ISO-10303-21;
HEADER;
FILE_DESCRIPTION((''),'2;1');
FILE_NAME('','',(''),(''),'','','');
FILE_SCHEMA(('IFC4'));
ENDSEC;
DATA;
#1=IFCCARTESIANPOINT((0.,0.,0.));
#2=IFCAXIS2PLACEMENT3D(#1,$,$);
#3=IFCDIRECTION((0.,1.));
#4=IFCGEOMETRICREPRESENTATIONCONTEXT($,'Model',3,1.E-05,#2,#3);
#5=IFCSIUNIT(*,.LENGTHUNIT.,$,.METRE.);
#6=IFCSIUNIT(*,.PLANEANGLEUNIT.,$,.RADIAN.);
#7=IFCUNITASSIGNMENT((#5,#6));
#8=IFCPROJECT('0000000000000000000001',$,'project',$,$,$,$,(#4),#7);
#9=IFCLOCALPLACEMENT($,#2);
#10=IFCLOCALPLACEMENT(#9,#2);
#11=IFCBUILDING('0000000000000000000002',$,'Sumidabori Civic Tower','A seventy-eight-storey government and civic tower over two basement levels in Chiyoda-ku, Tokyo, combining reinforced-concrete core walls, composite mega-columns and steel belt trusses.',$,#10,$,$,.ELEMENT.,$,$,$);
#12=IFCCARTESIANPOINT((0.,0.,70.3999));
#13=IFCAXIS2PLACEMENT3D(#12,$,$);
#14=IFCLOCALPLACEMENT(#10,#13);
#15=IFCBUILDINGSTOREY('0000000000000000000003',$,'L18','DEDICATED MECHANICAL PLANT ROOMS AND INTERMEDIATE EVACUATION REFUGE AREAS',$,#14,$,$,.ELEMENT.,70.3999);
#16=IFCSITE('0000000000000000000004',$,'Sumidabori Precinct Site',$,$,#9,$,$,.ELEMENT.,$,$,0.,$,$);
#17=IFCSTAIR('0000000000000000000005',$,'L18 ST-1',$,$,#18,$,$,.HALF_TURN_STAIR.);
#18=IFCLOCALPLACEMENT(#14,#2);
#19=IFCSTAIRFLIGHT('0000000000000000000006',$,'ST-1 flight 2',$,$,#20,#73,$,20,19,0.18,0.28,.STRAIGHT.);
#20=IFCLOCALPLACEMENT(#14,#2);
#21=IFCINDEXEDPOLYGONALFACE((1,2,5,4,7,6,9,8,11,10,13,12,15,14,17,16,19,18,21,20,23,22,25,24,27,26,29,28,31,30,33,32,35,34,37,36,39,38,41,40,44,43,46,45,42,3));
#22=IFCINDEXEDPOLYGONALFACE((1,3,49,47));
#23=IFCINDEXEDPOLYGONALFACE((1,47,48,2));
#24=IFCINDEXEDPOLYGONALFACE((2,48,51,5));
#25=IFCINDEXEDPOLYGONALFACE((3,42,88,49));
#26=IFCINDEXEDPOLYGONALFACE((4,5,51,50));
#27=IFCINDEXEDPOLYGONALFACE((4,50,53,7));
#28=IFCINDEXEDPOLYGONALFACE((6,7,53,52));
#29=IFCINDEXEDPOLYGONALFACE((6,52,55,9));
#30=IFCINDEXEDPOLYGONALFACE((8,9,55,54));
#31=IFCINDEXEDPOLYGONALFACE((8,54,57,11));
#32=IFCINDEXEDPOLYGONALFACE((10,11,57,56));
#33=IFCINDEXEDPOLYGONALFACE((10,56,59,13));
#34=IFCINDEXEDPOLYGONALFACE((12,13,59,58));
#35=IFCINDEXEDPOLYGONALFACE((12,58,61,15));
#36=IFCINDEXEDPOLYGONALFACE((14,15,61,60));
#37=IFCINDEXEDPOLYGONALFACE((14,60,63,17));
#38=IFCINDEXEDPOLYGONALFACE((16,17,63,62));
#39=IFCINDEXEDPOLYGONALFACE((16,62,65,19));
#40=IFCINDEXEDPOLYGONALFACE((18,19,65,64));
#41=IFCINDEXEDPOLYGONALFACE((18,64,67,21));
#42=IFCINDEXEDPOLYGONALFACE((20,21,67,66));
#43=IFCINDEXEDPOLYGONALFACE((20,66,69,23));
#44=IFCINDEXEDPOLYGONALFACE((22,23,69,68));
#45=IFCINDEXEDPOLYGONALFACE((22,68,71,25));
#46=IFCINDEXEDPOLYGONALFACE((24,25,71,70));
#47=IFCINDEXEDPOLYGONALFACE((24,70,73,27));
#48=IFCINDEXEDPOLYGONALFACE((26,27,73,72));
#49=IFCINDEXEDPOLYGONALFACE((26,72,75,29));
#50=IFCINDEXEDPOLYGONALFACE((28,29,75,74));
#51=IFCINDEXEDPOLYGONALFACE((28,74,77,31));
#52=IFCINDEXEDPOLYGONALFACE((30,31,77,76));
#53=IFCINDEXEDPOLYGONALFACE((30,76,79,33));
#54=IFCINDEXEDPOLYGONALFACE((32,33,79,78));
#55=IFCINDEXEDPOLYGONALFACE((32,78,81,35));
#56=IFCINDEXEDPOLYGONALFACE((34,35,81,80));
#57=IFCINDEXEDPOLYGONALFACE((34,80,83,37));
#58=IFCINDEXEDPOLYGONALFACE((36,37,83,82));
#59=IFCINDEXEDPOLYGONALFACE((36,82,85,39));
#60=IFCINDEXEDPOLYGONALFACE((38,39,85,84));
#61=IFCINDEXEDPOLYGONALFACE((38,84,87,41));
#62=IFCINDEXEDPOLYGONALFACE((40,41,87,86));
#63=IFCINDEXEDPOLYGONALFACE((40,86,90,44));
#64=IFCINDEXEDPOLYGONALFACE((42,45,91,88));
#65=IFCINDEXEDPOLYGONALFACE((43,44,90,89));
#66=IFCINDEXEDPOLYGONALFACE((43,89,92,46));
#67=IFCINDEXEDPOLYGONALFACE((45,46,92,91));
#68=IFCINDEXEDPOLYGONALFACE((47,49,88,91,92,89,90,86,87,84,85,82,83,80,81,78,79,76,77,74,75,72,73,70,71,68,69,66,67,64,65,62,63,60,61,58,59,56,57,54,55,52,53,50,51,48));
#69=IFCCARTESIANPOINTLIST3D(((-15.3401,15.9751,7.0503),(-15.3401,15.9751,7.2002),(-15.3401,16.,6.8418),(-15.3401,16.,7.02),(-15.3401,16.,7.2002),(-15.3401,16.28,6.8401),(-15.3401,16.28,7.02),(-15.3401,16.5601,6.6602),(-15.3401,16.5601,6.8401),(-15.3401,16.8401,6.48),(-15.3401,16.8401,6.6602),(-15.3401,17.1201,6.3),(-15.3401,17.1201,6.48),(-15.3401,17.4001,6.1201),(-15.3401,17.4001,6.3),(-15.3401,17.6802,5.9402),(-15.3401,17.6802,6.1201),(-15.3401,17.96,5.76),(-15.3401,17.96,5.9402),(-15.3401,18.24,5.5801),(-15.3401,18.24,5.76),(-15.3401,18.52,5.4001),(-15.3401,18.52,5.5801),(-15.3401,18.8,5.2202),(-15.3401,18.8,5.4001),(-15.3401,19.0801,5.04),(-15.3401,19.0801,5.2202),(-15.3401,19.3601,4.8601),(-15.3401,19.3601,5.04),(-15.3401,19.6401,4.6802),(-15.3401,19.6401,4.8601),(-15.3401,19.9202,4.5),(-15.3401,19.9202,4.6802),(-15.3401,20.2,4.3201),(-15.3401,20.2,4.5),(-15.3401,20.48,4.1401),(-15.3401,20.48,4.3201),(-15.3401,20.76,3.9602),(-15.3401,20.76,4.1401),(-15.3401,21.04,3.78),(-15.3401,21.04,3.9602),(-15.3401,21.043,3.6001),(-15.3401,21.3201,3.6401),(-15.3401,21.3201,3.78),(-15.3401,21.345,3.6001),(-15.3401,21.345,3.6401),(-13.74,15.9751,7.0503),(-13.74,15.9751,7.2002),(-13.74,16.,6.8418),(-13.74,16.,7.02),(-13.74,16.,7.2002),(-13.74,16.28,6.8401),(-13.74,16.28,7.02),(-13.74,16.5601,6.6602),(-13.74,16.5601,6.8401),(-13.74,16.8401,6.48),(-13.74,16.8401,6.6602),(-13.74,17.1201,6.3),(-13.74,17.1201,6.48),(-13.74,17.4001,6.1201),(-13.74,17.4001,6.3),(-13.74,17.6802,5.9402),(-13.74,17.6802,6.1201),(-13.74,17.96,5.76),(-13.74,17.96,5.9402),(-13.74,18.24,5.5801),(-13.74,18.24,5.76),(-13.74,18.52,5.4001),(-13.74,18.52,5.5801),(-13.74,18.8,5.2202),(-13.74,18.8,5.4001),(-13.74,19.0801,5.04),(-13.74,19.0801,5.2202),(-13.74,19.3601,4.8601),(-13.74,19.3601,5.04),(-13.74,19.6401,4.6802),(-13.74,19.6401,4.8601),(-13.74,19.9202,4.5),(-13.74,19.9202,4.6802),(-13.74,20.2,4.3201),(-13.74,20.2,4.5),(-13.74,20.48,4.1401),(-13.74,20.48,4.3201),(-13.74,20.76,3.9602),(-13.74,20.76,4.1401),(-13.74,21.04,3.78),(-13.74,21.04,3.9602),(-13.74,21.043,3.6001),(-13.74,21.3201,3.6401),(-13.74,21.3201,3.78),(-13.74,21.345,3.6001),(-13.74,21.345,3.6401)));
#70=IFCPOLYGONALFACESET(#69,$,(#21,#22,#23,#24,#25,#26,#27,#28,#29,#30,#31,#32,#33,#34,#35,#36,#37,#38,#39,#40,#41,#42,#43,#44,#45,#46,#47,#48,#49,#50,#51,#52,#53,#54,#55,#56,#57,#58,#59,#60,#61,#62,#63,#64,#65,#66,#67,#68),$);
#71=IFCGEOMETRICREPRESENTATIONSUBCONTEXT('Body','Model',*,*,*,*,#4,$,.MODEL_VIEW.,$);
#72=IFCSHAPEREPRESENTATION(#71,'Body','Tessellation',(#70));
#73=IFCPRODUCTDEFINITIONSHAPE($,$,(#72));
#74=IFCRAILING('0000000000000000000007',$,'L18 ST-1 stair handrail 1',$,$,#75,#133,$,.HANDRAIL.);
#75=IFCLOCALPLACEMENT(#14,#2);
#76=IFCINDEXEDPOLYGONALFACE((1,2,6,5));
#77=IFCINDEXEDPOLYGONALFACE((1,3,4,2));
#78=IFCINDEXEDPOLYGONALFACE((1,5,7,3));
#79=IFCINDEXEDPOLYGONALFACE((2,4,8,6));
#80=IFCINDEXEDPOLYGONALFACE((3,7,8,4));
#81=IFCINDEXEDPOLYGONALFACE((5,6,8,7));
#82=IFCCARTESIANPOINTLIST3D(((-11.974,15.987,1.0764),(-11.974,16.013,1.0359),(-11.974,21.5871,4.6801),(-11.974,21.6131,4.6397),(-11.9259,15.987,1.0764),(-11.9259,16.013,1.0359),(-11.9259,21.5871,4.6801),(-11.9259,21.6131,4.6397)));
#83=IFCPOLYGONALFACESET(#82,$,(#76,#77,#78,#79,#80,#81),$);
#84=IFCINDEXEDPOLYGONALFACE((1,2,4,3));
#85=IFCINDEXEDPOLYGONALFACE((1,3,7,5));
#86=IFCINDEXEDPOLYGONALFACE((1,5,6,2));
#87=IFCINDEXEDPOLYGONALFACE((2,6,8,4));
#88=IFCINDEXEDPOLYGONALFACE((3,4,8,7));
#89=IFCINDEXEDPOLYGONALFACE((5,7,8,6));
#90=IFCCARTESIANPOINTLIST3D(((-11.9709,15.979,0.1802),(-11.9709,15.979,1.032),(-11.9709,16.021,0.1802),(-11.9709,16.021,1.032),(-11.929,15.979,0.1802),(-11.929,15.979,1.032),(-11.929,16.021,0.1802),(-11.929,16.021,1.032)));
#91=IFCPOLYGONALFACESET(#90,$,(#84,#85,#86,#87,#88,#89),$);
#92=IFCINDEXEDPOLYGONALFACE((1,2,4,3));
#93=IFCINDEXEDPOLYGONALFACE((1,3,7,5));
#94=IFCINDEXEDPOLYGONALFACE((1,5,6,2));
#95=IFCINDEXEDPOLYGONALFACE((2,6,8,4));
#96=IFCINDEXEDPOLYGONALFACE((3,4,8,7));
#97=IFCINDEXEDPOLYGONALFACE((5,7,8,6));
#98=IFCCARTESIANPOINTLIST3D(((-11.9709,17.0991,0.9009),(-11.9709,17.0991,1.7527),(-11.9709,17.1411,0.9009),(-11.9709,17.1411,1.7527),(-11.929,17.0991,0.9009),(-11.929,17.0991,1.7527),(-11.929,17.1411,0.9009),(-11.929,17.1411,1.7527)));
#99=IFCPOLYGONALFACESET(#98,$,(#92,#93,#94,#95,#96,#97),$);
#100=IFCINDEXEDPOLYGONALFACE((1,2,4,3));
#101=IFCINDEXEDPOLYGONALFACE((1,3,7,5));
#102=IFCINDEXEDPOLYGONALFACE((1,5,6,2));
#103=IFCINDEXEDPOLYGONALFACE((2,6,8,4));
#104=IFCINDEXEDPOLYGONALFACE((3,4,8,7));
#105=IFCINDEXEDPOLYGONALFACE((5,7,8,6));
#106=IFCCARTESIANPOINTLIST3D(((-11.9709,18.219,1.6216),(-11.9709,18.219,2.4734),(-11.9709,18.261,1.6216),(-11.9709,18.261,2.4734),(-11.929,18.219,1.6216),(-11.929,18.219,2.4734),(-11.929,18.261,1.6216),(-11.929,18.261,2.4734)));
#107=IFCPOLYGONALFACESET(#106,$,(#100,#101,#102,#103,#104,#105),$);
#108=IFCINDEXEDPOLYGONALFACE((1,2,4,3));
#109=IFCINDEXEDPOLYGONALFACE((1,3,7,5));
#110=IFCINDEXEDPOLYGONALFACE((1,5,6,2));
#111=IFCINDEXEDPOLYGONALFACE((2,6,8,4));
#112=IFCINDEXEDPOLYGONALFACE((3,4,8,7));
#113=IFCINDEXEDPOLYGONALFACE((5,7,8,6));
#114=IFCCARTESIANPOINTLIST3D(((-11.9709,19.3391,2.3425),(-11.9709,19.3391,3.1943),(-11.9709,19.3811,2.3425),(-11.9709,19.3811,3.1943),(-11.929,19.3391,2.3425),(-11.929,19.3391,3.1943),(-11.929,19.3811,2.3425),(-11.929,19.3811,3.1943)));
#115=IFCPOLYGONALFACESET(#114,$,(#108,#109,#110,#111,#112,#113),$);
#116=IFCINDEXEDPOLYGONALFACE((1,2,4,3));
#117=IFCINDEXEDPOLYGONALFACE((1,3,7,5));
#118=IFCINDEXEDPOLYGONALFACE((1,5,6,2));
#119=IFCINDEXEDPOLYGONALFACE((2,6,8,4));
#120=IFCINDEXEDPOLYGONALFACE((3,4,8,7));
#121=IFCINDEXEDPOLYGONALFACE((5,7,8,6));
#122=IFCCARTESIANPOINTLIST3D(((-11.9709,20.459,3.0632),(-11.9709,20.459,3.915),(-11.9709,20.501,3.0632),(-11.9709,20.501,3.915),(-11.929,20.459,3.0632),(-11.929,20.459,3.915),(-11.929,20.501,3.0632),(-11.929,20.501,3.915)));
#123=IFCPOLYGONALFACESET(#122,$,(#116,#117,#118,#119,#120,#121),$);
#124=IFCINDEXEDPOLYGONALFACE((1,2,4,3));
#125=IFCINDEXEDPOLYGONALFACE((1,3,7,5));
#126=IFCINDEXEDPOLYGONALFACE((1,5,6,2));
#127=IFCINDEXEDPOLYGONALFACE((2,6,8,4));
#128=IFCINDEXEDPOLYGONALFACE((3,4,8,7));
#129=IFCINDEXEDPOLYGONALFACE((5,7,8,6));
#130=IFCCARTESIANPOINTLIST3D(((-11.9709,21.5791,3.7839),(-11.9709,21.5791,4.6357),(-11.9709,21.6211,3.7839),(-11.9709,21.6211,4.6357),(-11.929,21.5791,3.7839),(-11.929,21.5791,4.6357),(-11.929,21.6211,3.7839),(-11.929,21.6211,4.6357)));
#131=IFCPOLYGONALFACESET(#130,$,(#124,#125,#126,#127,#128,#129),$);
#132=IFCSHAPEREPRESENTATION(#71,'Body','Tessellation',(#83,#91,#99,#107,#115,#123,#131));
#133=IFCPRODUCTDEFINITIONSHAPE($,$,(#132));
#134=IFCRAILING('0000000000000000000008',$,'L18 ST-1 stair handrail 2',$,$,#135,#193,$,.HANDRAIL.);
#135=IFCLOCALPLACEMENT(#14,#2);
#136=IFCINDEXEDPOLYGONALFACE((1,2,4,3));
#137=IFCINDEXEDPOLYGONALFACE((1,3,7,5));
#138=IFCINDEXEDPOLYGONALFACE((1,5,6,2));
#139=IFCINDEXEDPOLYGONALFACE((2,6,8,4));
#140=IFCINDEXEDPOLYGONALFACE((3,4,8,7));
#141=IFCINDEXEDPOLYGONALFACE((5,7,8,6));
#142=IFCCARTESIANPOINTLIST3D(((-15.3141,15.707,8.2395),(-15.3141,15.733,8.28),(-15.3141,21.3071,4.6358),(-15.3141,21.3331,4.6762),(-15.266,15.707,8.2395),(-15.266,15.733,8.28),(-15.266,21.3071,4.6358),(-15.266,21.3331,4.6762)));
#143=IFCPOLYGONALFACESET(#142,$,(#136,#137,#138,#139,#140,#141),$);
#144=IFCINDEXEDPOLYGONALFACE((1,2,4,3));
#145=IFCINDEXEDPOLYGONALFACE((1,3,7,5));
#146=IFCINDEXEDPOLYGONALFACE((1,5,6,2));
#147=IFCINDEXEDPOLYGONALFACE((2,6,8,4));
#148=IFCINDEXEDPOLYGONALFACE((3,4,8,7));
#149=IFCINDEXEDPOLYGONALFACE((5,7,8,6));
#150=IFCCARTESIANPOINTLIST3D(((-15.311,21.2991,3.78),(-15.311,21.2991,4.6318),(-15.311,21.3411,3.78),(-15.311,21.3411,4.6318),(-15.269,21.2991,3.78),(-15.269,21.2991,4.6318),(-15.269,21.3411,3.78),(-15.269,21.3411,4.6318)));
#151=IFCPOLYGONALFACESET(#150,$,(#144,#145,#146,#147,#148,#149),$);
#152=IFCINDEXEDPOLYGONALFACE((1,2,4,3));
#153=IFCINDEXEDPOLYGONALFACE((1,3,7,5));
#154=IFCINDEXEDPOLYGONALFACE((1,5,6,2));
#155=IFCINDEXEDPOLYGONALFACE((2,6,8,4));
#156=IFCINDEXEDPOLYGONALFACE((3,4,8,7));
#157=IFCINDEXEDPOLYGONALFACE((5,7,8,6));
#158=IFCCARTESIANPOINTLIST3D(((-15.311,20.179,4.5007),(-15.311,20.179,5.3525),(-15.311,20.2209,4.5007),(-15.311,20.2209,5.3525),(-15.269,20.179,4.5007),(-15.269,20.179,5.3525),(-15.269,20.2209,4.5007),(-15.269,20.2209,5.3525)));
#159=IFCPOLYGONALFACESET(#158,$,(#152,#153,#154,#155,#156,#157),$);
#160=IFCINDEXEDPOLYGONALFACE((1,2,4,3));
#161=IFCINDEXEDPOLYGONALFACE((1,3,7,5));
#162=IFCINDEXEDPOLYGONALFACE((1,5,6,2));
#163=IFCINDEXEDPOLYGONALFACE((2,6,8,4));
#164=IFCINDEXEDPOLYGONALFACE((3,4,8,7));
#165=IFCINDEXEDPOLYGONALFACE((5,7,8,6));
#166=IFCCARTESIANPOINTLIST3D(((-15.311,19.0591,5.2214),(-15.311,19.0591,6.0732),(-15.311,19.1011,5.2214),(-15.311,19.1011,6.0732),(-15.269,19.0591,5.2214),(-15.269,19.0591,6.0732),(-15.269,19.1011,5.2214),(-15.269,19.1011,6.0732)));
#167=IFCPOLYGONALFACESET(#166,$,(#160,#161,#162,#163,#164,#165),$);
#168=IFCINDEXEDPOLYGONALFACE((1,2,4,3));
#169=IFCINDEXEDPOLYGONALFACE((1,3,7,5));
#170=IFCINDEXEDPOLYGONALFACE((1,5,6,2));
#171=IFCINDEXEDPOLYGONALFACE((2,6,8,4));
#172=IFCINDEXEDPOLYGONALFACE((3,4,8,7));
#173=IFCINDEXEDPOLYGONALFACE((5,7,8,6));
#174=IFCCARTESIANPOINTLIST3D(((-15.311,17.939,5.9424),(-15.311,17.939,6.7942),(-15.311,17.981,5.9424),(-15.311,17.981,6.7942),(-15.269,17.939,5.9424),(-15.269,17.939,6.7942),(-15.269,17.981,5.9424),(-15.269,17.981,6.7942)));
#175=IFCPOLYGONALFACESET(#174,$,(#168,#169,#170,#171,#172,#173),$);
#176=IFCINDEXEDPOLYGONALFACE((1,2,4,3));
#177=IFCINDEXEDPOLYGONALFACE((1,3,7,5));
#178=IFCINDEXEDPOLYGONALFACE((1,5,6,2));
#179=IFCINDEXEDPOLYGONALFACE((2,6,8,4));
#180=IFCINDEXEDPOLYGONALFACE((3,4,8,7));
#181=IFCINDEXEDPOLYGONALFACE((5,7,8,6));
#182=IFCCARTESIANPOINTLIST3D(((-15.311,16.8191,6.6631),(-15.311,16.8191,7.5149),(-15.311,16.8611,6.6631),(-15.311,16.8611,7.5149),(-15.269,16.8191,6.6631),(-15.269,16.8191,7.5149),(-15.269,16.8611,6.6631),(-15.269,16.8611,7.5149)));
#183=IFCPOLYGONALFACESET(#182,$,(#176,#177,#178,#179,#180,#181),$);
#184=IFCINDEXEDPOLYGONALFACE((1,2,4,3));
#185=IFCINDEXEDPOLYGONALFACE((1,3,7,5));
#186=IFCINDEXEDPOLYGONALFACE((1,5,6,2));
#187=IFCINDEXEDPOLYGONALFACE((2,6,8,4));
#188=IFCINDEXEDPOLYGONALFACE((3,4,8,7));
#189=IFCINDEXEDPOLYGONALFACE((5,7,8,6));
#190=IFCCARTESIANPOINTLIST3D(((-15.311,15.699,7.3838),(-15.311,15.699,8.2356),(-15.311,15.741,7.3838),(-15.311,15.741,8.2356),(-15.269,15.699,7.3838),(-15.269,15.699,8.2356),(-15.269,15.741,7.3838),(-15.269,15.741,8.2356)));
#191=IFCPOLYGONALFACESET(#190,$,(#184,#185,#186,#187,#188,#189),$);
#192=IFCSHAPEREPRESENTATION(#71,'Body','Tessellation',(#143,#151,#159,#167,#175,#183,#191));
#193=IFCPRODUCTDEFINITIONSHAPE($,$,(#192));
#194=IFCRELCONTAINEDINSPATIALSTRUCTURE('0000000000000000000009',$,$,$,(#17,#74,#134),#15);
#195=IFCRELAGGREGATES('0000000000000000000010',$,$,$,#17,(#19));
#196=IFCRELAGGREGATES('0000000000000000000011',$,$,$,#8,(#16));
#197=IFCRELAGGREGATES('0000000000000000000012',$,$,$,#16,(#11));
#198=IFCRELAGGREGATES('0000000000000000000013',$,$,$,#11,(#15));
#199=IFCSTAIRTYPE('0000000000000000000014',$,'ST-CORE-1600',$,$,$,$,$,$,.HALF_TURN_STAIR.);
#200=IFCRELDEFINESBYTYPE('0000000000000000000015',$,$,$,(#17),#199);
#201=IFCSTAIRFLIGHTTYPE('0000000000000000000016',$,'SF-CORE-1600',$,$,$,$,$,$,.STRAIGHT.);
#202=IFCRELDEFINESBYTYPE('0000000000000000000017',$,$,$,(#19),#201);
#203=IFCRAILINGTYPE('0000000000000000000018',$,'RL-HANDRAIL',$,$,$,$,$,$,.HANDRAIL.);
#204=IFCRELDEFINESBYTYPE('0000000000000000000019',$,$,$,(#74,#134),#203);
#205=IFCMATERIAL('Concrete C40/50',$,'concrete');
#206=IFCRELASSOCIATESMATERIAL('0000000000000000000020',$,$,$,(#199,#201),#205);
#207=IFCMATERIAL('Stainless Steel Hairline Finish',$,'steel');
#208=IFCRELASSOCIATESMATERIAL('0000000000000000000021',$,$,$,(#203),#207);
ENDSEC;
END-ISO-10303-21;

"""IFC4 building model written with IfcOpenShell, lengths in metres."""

from ifc_helpers import new_model, si_unit, direction, frame, origin, origin_2d, place, context, subcontext, project, spatial, polyline, rectangle, outline, extrude, source, transform, mapped, material, type_object, element, aggregate, save


model = new_model("IFC4")

# Units and contexts
model_context = context("Model", 3, precision=1e-05, world=origin(), true_north=direction((0.0, 1.0)))
body_context = subcontext(model_context, "Body", "Model", "MODEL_VIEW")
ifc_project = project(units=[si_unit("LENGTHUNIT", "METRE"), si_unit("PLANEANGLEUNIT", "RADIAN")], contexts=[model_context])

# Site, building, storey
site_placement = place(None, origin())
site = spatial("IfcSite", under=ifc_project, at=site_placement, Name="Sumidabori Precinct Site", CompositionType="ELEMENT", RefElevation=0.0)
building_placement = place(site_placement, origin())
building = spatial("IfcBuilding", under=site, at=building_placement, Name="Sumidabori Civic Tower", Description="A seventy-eight-storey government and civic tower over two basement levels in Chiyoda-ku, Tokyo, combining reinforced-concrete core walls, composite mega-columns and steel belt trusses.", CompositionType="ELEMENT")
storey_placement = place(building_placement, frame((0.0, 0.0, 70.3999)))
storey = spatial("IfcBuildingStorey", under=building, at=storey_placement, Name="L18", Description="DEDICATED MECHANICAL PLANT ROOMS AND INTERMEDIATE EVACUATION REFUGE AREAS", CompositionType="ELEMENT", Elevation=70.3999)

# Stair, stair flight
ifc_material_1 = material(Name="Concrete C40/50", Category="concrete")
stair_type = type_object("IfcStairType", Name="ST-CORE-1600", PredefinedType="HALF_TURN_STAIR", material=ifc_material_1)
stair_placement = place(storey_placement, origin())
stair = element("IfcStair", 1, at=stair_placement, inside=storey, type_object=stair_type, Name="L18 ST-1", PredefinedType="HALF_TURN_STAIR")
stair_flight_type = type_object("IfcStairFlightType", Name="SF-CORE-1600", PredefinedType="STRAIGHT", material=ifc_material_1)
shared_shape_1 = source(origin(), body_context, "Body", "SweptSolid", [
    extrude(outline(polyline([(-0.0249, 0.0), (-0.0249, 0.04), (0.0, 0.04), (0.0, 0.1799), (0.28, 0.1799), (0.28, 0.3601), (0.5601, 0.3601), (0.5601, 0.54), (0.8401, 0.54), (0.8401, 0.72), (1.1201, 0.72), (1.1201, 0.8999), (1.3999, 0.8999), (1.3999, 1.0801), (1.6799, 1.0801), (1.6799, 1.26), (1.96, 1.26), (1.96, 1.4399), (2.24, 1.4399), (2.24, 1.6201), (2.52, 1.6201), (2.52, 1.8), (2.8, 1.8), (2.8, 1.98), (3.0801, 1.98), (3.0801, 2.1599), (3.3601, 2.1599), (3.3601, 2.3401), (3.6399, 2.3401), (3.6399, 2.52), (3.9199, 2.52), (3.9199, 2.7), (4.2, 2.7), (4.2, 2.8799), (4.48, 2.8799), (4.48, 3.0601), (4.76, 3.0601), (4.76, 3.24), (5.04, 3.24), (5.04, 3.4199), (5.3201, 3.4199), (5.3201, 3.6001), (5.345, 3.6001), (5.345, 3.4502), (5.3201, 3.2417), (0.2771, 0.0), (-0.0249, 0.0)])), frame((0.0, 0.8, 0.0), z_axis=(0.0, -1.0, 0.0), x_axis=(1.0, 0.0, 0.0)), (0.0, 0.0, 1.0), 1.6001),
])
stair_flight_1_placement = place(storey_placement, frame((-14.54, 21.3201, 3.6001), z_axis=(0.0, 0.0, 1.0), x_axis=(0.0, -1.0, 0.0)))
stair_flight_1 = element("IfcStairFlight", 2, at=stair_flight_1_placement, type_object=stair_flight_type, Name="ST-1 flight 2", NumberOfRisers=20, NumberOfTreads=19, PredefinedType="STRAIGHT", RiserHeight=0.18, TreadLength=0.28, context=body_context, shape_type="MappedRepresentation", body=[
    mapped(shared_shape_1, transform((0.0, 0.0, 0.0), x_axis=(1.0, 0.0, 0.0), y_axis=(0.0, 1.0, 0.0), z_axis=(0.0, 0.0, 1.0), scale=1.0)),
])
aggregate(stair, [stair_flight_1])

# Railings
ifc_material_2 = material(Name="Stainless Steel Hairline Finish", Category="steel")
railing_type_1 = type_object("IfcRailingType", Name="RL-HANDRAIL", PredefinedType="HANDRAIL", material=ifc_material_2)
railing_1_placement = place(storey_placement, frame((-11.95, 16.0, 0.1802)))
element("IfcRailing", 3, at=railing_1_placement, inside=storey, type_object=railing_type_1, Name="L18 ST-1 stair handrail 1", PredefinedType="HANDRAIL", context=body_context, shape_type="SweptSolid", body=[
    extrude(rectangle(XDim=0.0481, YDim=0.0481, at=origin_2d()), frame((0.0, 0.0, 0.876), z_axis=(0.0, 0.840926, 0.54115), x_axis=(-1.0, 0.0, 0.0)), (0.0, 0.0, 1.0), 6.6594),
    extrude(rectangle(XDim=0.042, YDim=0.042, at=origin_2d()), origin(), (0.0, 0.0, 1.0), 0.8518),
    extrude(rectangle(XDim=0.042, YDim=0.042, at=origin_2d()), frame((0.0, 1.1201, 0.7207)), (0.0, 0.0, 1.0), 0.8518),
    extrude(rectangle(XDim=0.042, YDim=0.042, at=origin_2d()), frame((0.0, 2.24, 1.4414)), (0.0, 0.0, 1.0), 0.8518),
    extrude(rectangle(XDim=0.042, YDim=0.042, at=origin_2d()), frame((0.0, 3.3601, 2.1624)), (0.0, 0.0, 1.0), 0.8518),
    extrude(rectangle(XDim=0.042, YDim=0.042, at=origin_2d()), frame((0.0, 4.48, 2.8831)), (0.0, 0.0, 1.0), 0.8518),
    extrude(rectangle(XDim=0.042, YDim=0.042, at=origin_2d()), frame((0.0, 5.6001, 3.6038)), (0.0, 0.0, 1.0), 0.8518),
])
railing_2_placement = place(storey_placement, frame((-15.29, 21.3201, 3.78)))
element("IfcRailing", 4, at=railing_2_placement, inside=storey, type_object=railing_type_1, Name="L18 ST-1 stair handrail 2", PredefinedType="HANDRAIL", context=body_context, shape_type="SweptSolid", body=[
    extrude(rectangle(XDim=0.0481, YDim=0.0481, at=origin_2d()), frame((0.0, 0.0, 0.876), z_axis=(0.0, -0.840926, 0.54115), x_axis=(1.0, 0.0, 0.0)), (0.0, 0.0, 1.0), 6.6594),
    extrude(rectangle(XDim=0.042, YDim=0.042, at=origin_2d()), origin(), (0.0, 0.0, 1.0), 0.8518),
    extrude(rectangle(XDim=0.042, YDim=0.042, at=origin_2d()), frame((0.0, -1.1201, 0.7207)), (0.0, 0.0, 1.0), 0.8518),
    extrude(rectangle(XDim=0.042, YDim=0.042, at=origin_2d()), frame((0.0, -2.24, 1.4414)), (0.0, 0.0, 1.0), 0.8518),
    extrude(rectangle(XDim=0.042, YDim=0.042, at=origin_2d()), frame((0.0, -3.3601, 2.1624)), (0.0, 0.0, 1.0), 0.8518),
    extrude(rectangle(XDim=0.042, YDim=0.042, at=origin_2d()), frame((0.0, -4.48, 2.8831)), (0.0, 0.0, 1.0), 0.8518),
    extrude(rectangle(XDim=0.042, YDim=0.042, at=origin_2d()), frame((0.0, -5.6001, 3.6038)), (0.0, 0.0, 1.0), 0.8518),
])

save(model, "model.ifc")
